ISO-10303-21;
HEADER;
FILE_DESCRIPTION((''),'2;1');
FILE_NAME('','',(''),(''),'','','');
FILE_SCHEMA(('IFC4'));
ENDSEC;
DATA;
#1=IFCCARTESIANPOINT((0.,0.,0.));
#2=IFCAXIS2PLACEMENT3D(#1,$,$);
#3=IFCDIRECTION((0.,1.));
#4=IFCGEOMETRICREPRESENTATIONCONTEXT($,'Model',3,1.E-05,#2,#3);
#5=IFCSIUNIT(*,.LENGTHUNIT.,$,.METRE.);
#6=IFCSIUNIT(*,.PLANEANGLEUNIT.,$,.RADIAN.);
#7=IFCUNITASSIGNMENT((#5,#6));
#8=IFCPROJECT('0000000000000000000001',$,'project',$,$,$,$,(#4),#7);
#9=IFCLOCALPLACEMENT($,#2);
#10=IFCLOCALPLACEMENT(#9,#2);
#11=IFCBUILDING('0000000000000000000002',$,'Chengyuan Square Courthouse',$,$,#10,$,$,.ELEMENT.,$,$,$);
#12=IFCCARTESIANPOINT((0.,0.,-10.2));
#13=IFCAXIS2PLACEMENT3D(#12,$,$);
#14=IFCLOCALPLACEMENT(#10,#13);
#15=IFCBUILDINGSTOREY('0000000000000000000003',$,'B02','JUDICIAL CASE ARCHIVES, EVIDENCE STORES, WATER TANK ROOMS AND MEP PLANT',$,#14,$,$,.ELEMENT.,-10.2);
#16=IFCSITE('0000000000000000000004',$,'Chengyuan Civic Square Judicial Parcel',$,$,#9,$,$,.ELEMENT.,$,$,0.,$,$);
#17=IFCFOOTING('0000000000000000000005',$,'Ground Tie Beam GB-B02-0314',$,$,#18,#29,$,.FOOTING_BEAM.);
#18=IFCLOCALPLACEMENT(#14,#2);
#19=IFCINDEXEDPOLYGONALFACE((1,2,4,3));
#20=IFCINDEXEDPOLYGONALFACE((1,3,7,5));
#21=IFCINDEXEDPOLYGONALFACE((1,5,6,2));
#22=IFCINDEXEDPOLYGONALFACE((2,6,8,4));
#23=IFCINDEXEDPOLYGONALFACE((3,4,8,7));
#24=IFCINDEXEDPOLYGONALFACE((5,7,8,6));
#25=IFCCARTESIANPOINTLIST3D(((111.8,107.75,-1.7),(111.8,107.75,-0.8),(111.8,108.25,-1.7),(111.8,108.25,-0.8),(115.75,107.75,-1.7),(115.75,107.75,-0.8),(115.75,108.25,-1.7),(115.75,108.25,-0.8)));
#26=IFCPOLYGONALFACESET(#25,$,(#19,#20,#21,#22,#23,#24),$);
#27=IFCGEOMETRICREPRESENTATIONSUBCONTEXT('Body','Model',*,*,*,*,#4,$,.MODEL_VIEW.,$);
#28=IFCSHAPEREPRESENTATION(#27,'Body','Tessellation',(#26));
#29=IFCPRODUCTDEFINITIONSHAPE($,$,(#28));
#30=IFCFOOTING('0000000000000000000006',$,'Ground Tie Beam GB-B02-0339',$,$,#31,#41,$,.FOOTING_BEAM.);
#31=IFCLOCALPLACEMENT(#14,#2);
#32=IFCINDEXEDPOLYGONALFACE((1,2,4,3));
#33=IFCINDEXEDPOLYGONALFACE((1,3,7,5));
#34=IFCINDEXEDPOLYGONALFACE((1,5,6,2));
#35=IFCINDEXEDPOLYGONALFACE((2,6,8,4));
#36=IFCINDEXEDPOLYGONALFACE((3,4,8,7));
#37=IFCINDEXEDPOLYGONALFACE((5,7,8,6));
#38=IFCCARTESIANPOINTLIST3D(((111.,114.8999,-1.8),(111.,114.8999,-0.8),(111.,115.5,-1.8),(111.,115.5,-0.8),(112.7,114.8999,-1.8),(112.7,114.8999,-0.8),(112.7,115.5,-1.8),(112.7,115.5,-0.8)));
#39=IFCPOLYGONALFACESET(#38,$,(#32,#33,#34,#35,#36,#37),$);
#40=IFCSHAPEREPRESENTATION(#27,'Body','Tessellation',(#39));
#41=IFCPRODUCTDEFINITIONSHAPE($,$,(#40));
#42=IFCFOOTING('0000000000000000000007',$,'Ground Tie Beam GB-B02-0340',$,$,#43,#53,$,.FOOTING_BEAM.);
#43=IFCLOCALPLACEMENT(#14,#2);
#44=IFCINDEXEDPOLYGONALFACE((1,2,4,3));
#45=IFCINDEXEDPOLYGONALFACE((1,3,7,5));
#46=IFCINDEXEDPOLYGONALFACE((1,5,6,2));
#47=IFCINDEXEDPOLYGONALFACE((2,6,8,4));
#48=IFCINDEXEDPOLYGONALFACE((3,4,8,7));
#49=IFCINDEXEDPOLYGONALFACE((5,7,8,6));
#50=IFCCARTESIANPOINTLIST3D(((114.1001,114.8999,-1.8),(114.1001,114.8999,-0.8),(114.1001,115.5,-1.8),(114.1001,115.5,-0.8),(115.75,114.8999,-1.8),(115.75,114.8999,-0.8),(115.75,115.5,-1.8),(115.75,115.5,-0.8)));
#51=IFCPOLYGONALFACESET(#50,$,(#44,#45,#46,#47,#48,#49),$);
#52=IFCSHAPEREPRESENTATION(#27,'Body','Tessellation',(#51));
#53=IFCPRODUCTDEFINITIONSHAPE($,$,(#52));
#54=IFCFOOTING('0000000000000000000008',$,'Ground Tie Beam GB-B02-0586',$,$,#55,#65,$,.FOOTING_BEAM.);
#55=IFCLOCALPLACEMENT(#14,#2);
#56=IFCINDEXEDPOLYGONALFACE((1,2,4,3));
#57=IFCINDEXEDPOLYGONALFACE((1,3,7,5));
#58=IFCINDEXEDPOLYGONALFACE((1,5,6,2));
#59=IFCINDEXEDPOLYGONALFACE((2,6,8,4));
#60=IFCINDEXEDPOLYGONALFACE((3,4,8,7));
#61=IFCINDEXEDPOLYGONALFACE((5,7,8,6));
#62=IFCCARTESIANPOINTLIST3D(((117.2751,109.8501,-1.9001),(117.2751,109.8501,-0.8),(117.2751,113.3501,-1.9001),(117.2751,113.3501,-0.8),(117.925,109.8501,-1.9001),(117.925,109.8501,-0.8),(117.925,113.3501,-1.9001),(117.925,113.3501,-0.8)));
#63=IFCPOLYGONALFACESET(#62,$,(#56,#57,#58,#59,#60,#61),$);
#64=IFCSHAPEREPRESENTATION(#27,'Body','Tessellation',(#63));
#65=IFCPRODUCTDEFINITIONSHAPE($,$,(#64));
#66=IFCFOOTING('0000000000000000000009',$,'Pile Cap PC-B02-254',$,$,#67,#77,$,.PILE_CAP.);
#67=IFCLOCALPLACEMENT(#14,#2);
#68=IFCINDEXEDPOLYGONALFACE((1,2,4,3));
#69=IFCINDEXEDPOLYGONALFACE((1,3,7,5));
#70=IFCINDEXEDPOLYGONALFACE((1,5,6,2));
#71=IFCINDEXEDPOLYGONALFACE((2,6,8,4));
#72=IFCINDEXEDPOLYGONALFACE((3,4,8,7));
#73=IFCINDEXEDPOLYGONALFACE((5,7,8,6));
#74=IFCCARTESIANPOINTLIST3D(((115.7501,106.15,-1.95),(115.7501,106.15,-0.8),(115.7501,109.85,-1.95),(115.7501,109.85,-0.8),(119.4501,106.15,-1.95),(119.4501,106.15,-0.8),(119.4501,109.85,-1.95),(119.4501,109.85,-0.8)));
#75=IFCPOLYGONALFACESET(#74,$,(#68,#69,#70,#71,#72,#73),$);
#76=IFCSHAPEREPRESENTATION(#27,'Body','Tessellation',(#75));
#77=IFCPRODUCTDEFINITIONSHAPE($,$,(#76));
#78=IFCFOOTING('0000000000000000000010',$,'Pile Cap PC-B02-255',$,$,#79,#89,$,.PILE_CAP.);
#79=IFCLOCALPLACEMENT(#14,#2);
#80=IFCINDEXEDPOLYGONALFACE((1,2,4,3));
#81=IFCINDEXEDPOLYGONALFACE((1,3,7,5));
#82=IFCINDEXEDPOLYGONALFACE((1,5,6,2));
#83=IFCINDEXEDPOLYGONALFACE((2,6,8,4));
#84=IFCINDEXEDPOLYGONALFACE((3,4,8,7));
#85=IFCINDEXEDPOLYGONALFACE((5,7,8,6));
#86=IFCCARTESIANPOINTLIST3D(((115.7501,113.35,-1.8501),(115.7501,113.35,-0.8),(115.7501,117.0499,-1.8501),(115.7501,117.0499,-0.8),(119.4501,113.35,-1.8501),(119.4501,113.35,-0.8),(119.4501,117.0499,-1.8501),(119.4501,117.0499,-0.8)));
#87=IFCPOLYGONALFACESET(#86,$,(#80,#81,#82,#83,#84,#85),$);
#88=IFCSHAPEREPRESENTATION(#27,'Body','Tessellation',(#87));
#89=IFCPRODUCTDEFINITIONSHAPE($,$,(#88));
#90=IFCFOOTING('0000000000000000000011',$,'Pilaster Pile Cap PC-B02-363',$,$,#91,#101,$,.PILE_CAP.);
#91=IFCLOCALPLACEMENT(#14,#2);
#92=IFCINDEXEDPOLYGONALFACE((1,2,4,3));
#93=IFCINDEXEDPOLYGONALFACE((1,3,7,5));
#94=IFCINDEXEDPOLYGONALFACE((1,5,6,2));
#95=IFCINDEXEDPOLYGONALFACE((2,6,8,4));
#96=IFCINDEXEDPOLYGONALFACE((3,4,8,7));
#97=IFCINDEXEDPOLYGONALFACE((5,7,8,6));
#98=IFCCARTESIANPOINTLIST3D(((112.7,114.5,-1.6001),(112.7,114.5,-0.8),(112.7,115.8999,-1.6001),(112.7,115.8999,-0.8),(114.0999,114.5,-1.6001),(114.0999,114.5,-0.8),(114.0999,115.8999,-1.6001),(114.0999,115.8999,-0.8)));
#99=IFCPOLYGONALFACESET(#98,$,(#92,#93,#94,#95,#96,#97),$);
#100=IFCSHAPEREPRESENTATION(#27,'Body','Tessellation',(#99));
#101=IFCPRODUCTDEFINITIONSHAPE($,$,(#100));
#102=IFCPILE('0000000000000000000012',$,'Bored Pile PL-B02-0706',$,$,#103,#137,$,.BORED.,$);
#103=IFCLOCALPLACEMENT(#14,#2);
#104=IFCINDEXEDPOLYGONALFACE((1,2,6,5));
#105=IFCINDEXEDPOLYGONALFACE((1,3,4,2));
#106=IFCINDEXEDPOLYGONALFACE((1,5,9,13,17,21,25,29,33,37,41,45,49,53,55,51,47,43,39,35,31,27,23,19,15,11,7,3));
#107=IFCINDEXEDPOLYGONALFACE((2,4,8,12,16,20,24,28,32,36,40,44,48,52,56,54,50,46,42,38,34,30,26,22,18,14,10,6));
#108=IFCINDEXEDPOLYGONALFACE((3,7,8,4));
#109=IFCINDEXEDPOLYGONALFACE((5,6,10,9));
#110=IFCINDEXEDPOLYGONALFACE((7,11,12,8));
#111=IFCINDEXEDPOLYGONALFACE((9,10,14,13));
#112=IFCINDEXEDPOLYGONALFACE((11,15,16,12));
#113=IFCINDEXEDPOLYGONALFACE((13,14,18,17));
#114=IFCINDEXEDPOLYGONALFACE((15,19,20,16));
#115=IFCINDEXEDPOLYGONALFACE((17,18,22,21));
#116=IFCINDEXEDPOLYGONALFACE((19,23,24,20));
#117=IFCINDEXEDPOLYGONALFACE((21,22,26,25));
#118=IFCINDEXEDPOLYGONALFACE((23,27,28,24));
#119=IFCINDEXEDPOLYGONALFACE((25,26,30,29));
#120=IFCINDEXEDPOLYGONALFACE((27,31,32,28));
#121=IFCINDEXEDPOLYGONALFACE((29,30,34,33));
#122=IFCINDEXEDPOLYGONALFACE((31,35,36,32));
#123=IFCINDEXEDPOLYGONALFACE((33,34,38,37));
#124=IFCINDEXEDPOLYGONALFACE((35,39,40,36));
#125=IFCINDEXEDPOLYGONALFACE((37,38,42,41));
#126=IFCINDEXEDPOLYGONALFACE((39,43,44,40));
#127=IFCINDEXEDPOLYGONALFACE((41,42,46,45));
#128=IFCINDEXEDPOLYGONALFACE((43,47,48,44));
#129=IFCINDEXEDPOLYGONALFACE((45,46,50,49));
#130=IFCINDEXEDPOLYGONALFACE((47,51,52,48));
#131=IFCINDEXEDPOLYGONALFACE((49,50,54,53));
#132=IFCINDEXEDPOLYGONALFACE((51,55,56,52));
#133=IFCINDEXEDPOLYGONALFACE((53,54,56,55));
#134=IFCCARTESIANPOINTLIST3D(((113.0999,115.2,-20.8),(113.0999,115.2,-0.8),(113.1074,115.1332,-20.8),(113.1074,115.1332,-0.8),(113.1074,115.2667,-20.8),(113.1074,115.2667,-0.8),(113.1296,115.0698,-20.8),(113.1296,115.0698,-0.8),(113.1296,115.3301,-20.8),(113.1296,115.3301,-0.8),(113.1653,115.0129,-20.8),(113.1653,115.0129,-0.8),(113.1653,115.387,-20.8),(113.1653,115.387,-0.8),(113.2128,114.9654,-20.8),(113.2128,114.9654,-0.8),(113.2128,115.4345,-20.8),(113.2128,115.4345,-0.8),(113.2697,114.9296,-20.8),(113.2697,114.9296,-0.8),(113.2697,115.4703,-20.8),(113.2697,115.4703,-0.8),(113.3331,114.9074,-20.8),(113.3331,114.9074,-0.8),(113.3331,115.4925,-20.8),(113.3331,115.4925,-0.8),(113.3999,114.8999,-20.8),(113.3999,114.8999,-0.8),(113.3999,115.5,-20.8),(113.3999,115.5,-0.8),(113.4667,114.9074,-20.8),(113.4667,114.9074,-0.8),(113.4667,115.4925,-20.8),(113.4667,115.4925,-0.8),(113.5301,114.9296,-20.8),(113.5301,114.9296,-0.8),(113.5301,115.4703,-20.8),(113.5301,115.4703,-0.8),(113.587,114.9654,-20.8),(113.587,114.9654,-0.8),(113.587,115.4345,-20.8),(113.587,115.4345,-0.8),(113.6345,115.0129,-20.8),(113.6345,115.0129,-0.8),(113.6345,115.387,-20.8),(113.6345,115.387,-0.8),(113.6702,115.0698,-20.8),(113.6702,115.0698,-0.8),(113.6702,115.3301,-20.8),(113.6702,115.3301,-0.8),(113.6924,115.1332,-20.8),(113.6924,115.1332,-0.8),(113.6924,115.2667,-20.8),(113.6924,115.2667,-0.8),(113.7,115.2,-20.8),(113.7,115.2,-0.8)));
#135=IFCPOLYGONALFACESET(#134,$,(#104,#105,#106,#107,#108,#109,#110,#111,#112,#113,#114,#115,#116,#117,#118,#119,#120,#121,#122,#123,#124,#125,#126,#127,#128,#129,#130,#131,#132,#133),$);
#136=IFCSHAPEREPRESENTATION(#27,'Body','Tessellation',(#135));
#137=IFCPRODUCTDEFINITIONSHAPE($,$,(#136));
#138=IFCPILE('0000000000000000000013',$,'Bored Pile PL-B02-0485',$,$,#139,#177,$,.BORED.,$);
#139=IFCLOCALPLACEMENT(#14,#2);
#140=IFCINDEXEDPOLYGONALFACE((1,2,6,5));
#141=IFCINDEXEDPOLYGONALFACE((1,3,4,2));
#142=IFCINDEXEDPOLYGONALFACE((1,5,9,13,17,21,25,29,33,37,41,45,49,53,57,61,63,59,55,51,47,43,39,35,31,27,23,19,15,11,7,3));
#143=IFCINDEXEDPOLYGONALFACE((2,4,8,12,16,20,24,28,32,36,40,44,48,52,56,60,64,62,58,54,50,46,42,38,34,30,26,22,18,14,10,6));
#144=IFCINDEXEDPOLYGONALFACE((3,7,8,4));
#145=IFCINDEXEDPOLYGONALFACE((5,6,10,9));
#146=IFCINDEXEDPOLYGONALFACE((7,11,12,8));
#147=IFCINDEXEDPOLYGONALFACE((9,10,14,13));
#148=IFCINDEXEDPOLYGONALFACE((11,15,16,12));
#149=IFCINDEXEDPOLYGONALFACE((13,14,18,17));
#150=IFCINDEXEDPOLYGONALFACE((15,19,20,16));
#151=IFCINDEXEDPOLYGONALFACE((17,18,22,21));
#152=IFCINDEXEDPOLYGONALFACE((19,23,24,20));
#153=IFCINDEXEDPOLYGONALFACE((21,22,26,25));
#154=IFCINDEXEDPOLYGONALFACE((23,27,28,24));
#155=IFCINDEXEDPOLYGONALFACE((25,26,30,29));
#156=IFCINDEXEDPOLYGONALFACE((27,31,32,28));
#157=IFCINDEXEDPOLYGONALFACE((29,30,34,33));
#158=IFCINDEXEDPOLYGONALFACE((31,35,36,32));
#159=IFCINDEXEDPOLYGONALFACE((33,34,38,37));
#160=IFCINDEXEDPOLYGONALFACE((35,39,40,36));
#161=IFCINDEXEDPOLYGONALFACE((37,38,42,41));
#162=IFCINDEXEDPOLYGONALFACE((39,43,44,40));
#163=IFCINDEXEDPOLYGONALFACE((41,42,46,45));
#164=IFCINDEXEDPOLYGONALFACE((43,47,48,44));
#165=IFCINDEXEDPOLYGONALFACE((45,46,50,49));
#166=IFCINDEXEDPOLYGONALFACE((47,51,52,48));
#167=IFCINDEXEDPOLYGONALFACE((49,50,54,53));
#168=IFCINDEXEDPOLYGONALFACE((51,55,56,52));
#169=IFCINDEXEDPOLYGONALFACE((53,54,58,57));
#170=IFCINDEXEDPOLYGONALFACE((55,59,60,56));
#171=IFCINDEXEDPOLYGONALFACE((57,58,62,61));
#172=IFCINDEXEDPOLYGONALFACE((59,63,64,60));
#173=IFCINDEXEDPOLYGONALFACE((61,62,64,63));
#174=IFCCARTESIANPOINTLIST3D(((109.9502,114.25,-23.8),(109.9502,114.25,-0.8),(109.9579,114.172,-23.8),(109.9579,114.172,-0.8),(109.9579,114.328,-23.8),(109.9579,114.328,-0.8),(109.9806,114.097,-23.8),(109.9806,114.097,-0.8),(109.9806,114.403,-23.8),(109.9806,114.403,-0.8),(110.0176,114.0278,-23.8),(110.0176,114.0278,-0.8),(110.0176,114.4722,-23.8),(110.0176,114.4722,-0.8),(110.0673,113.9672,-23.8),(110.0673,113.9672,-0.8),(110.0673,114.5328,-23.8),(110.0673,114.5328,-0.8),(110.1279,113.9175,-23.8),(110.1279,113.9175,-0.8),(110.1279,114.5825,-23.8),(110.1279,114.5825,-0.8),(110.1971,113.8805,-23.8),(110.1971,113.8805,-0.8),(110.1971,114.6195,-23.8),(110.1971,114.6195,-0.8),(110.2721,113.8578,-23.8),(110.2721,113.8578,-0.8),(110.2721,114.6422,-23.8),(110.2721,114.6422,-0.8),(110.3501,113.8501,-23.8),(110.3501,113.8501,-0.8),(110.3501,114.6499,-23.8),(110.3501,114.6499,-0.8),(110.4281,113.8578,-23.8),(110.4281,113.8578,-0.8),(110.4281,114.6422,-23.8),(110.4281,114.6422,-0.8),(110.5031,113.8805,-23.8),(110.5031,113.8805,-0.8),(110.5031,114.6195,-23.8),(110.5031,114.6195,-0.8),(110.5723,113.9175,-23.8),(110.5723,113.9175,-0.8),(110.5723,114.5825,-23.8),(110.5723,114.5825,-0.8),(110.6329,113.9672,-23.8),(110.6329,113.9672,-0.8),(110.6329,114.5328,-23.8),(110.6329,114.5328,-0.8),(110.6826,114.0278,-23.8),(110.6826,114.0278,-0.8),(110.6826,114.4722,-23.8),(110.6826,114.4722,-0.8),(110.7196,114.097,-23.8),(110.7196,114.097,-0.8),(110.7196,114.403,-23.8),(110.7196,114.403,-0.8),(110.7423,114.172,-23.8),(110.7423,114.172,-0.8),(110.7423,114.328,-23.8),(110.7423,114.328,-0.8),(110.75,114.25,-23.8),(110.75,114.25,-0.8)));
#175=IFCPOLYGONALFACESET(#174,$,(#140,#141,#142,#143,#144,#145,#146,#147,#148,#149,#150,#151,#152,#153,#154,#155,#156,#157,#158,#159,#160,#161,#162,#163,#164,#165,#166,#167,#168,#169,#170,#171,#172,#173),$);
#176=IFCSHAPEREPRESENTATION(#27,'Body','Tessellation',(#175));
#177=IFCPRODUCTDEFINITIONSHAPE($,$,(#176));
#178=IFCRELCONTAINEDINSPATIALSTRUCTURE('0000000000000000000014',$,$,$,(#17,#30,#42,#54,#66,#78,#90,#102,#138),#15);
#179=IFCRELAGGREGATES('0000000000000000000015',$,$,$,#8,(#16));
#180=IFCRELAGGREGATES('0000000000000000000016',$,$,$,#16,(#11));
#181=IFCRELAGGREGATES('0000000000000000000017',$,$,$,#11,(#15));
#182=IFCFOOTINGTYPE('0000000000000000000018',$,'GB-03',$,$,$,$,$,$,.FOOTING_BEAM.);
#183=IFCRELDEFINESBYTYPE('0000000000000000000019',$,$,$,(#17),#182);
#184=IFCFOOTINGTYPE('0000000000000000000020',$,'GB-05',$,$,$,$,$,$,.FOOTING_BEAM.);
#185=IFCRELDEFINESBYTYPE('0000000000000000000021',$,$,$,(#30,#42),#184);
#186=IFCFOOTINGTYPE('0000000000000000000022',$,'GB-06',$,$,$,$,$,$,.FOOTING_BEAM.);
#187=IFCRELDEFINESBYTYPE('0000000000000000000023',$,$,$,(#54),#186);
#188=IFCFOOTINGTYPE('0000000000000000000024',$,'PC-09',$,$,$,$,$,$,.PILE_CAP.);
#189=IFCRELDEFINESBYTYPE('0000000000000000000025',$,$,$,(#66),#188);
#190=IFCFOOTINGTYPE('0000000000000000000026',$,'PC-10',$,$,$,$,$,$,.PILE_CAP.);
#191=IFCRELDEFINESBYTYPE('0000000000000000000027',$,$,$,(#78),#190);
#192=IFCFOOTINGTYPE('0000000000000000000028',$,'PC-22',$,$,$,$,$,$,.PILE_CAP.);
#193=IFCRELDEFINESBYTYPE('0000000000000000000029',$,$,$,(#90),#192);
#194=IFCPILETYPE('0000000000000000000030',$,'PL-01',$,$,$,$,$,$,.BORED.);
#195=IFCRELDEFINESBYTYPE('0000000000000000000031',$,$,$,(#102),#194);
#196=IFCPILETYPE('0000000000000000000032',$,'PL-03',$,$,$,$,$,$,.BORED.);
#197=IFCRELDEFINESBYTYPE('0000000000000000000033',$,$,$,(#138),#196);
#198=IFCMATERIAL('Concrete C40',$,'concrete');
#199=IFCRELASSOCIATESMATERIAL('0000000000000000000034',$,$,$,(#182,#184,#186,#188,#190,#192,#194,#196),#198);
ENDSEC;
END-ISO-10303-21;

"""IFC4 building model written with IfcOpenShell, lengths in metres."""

from ifc_helpers import new_model, si_unit, direction, frame, origin, origin_2d, place, context, subcontext, project, spatial, rectangle, circle, extrude, material, material_profile, profile_set, type_object, element, save


model = new_model("IFC4")

# Units and contexts
model_context = context("Model", 3, precision=1e-05, world=origin(), true_north=direction((0.0, 1.0)))
body_context = subcontext(model_context, "Body", "Model", "MODEL_VIEW")
ifc_project = project(units=[si_unit("LENGTHUNIT", "METRE"), si_unit("PLANEANGLEUNIT", "RADIAN")], contexts=[model_context])

# Site, building, storey
site_placement = place(None, origin())
site = spatial("IfcSite", under=ifc_project, at=site_placement, Name="Chengyuan Civic Square Judicial Parcel", CompositionType="ELEMENT", RefElevation=0.0)
building_placement = place(site_placement, origin())
building = spatial("IfcBuilding", under=site, at=building_placement, Name="Chengyuan Square Courthouse", CompositionType="ELEMENT")
storey_placement = place(building_placement, frame((0.0, 0.0, -10.2)))
storey = spatial("IfcBuildingStorey", under=building, at=storey_placement, Name="B02", Description="JUDICIAL CASE ARCHIVES, EVIDENCE STORES, WATER TANK ROOMS AND MEP PLANT", CompositionType="ELEMENT", Elevation=-10.2)

# Footings
ifc_material_1 = material(Name="Concrete C40", Category="concrete")
ifc_material_profile_1 = material_profile(ifc_material_1, rectangle(XDim=0.5, YDim=0.8999, at=origin_2d()), Name="GB-500x900")
ifc_profile_set_1 = profile_set([ifc_material_profile_1], Name="Concrete C40")
footing_type_1 = type_object("IfcFootingType", Name="GB-03", PredefinedType="FOOTING_BEAM", material=ifc_profile_set_1)
footing_1_placement = place(storey_placement, frame((111.8, 108.0, -1.25), z_axis=(1.0, 0.0, 0.0), x_axis=(0.0, 1.0, 0.0)))
element("IfcFooting", 1, at=footing_1_placement, inside=storey, type_object=footing_type_1, Name="Ground Tie Beam GB-B02-0314", PredefinedType="FOOTING_BEAM", context=body_context, shape_type="SweptSolid", body=[
    extrude(rectangle(XDim=0.5, YDim=0.8999, at=origin_2d()), origin(), (0.0, 0.0, 1.0), 3.95),
])
ifc_material_profile_2 = material_profile(ifc_material_1, rectangle(XDim=0.6001, YDim=1.0, at=origin_2d()), Name="GB-600x1000")
ifc_profile_set_2 = profile_set([ifc_material_profile_2], Name="Concrete C40")
footing_type_2 = type_object("IfcFootingType", Name="GB-05", PredefinedType="FOOTING_BEAM", material=ifc_profile_set_2)
footing_2_placement = place(storey_placement, frame((111.0, 115.2, -1.3), z_axis=(1.0, 0.0, 0.0), x_axis=(0.0, 1.0, 0.0)))
element("IfcFooting", 2, at=footing_2_placement, inside=storey, type_object=footing_type_2, Name="Ground Tie Beam GB-B02-0339", PredefinedType="FOOTING_BEAM", context=body_context, shape_type="SweptSolid", body=[
    extrude(rectangle(XDim=0.6001, YDim=1.0, at=origin_2d()), origin(), (0.0, 0.0, 1.0), 1.7),
])
footing_3_placement = place(storey_placement, frame((114.1001, 115.2, -1.3), z_axis=(1.0, 0.0, 0.0), x_axis=(0.0, 1.0, 0.0)))
element("IfcFooting", 3, at=footing_3_placement, inside=storey, type_object=footing_type_2, Name="Ground Tie Beam GB-B02-0340", PredefinedType="FOOTING_BEAM", context=body_context, shape_type="SweptSolid", body=[
    extrude(rectangle(XDim=0.6001, YDim=1.0, at=origin_2d()), origin(), (0.0, 0.0, 1.0), 1.6499),
])
ifc_material_profile_3 = material_profile(ifc_material_1, rectangle(XDim=0.6499, YDim=1.1001, at=origin_2d()), Name="GB-650x1100")
ifc_profile_set_3 = profile_set([ifc_material_profile_3], Name="Concrete C40")
footing_type_3 = type_object("IfcFootingType", Name="GB-06", PredefinedType="FOOTING_BEAM", material=ifc_profile_set_3)
footing_4_placement = place(storey_placement, frame((117.6001, 109.8501, -1.3501), z_axis=(0.0, 1.0, 0.0), x_axis=(-1.0, 0.0, 0.0)))
element("IfcFooting", 4, at=footing_4_placement, inside=storey, type_object=footing_type_3, Name="Ground Tie Beam GB-B02-0586", PredefinedType="FOOTING_BEAM", context=body_context, shape_type="SweptSolid", body=[
    extrude(rectangle(XDim=0.6499, YDim=1.1001, at=origin_2d()), origin(), (0.0, 0.0, 1.0), 3.5),
])
footing_type_4 = type_object("IfcFootingType", Name="PC-09", PredefinedType="PILE_CAP", material=ifc_material_1)
footing_5_placement = place(storey_placement, frame((117.6001, 108.0, -1.95), z_axis=(0.0, 0.0, 1.0), x_axis=(1.0, 0.0, 0.0)))
element("IfcFooting", 5, at=footing_5_placement, inside=storey, type_object=footing_type_4, Name="Pile Cap PC-B02-254", PredefinedType="PILE_CAP", context=body_context, shape_type="SweptSolid", body=[
    extrude(rectangle(XDim=3.7, YDim=3.7, at=origin_2d()), origin(), (0.0, 0.0, 1.0), 1.1499),
])
footing_type_5 = type_object("IfcFootingType", Name="PC-10", PredefinedType="PILE_CAP", material=ifc_material_1)
footing_6_placement = place(storey_placement, frame((117.6001, 115.2, -1.8501), z_axis=(0.0, 0.0, 1.0), x_axis=(1.0, 0.0, 0.0)))
element("IfcFooting", 6, at=footing_6_placement, inside=storey, type_object=footing_type_5, Name="Pile Cap PC-B02-255", PredefinedType="PILE_CAP", context=body_context, shape_type="SweptSolid", body=[
    extrude(rectangle(XDim=3.7, YDim=3.7, at=origin_2d()), origin(), (0.0, 0.0, 1.0), 1.05),
])
footing_type_6 = type_object("IfcFootingType", Name="PC-22", PredefinedType="PILE_CAP", material=ifc_material_1)
footing_7_placement = place(storey_placement, frame((113.3999, 115.2, -1.6001), z_axis=(0.0, 0.0, 1.0), x_axis=(1.0, 0.0, 0.0)))
element("IfcFooting", 7, at=footing_7_placement, inside=storey, type_object=footing_type_6, Name="Pilaster Pile Cap PC-B02-363", PredefinedType="PILE_CAP", context=body_context, shape_type="SweptSolid", body=[
    extrude(rectangle(XDim=1.3999, YDim=1.3999, at=origin_2d()), origin(), (0.0, 0.0, 1.0), 0.8),
])

# Piles
ifc_material_profile_4 = material_profile(ifc_material_1, circle(Radius=0.3, at=origin_2d()), Name="BORED PILE D600")
ifc_profile_set_4 = profile_set([ifc_material_profile_4], Name="Concrete C40")
pile_type_1 = type_object("IfcPileType", Name="PL-01", PredefinedType="BORED", material=ifc_profile_set_4)
pile_1_placement = place(storey_placement, frame((113.3999, 115.2, -0.8), z_axis=(0.0, 0.0, -1.0), x_axis=(1.0, 0.0, 0.0)))
element("IfcPile", 8, at=pile_1_placement, inside=storey, type_object=pile_type_1, Name="Bored Pile PL-B02-0706", PredefinedType="BORED", context=body_context, shape_type="SweptSolid", body=[
    extrude(circle(Radius=0.3, at=origin_2d()), origin(), (0.0, 0.0, 1.0), 20.0),
])
ifc_material_profile_5 = material_profile(ifc_material_1, circle(Radius=0.3999, at=origin_2d()), Name="BORED PILE D800")
ifc_profile_set_5 = profile_set([ifc_material_profile_5], Name="Concrete C40")
pile_type_2 = type_object("IfcPileType", Name="PL-03", PredefinedType="BORED", material=ifc_profile_set_5)
for number, where, z_axis, x_axis, name in (
    (9, (110.3501, 114.25, -0.8), (0.0, 0.0, -1.0), (1.0, 0.0, 0.0), "Bored Pile PL-B02-0485"),
):
    element("IfcPile", number, at=place(storey_placement, frame(where, z_axis=z_axis, x_axis=x_axis)), inside=storey, type_object=pile_type_2, Name=name, PredefinedType="BORED", context=body_context, shape_type="SweptSolid", body=[
        extrude(circle(Radius=0.3999, at=origin_2d()), origin(), (0.0, 0.0, 1.0), 23.0),
    ])

save(model, "model.ifc")
